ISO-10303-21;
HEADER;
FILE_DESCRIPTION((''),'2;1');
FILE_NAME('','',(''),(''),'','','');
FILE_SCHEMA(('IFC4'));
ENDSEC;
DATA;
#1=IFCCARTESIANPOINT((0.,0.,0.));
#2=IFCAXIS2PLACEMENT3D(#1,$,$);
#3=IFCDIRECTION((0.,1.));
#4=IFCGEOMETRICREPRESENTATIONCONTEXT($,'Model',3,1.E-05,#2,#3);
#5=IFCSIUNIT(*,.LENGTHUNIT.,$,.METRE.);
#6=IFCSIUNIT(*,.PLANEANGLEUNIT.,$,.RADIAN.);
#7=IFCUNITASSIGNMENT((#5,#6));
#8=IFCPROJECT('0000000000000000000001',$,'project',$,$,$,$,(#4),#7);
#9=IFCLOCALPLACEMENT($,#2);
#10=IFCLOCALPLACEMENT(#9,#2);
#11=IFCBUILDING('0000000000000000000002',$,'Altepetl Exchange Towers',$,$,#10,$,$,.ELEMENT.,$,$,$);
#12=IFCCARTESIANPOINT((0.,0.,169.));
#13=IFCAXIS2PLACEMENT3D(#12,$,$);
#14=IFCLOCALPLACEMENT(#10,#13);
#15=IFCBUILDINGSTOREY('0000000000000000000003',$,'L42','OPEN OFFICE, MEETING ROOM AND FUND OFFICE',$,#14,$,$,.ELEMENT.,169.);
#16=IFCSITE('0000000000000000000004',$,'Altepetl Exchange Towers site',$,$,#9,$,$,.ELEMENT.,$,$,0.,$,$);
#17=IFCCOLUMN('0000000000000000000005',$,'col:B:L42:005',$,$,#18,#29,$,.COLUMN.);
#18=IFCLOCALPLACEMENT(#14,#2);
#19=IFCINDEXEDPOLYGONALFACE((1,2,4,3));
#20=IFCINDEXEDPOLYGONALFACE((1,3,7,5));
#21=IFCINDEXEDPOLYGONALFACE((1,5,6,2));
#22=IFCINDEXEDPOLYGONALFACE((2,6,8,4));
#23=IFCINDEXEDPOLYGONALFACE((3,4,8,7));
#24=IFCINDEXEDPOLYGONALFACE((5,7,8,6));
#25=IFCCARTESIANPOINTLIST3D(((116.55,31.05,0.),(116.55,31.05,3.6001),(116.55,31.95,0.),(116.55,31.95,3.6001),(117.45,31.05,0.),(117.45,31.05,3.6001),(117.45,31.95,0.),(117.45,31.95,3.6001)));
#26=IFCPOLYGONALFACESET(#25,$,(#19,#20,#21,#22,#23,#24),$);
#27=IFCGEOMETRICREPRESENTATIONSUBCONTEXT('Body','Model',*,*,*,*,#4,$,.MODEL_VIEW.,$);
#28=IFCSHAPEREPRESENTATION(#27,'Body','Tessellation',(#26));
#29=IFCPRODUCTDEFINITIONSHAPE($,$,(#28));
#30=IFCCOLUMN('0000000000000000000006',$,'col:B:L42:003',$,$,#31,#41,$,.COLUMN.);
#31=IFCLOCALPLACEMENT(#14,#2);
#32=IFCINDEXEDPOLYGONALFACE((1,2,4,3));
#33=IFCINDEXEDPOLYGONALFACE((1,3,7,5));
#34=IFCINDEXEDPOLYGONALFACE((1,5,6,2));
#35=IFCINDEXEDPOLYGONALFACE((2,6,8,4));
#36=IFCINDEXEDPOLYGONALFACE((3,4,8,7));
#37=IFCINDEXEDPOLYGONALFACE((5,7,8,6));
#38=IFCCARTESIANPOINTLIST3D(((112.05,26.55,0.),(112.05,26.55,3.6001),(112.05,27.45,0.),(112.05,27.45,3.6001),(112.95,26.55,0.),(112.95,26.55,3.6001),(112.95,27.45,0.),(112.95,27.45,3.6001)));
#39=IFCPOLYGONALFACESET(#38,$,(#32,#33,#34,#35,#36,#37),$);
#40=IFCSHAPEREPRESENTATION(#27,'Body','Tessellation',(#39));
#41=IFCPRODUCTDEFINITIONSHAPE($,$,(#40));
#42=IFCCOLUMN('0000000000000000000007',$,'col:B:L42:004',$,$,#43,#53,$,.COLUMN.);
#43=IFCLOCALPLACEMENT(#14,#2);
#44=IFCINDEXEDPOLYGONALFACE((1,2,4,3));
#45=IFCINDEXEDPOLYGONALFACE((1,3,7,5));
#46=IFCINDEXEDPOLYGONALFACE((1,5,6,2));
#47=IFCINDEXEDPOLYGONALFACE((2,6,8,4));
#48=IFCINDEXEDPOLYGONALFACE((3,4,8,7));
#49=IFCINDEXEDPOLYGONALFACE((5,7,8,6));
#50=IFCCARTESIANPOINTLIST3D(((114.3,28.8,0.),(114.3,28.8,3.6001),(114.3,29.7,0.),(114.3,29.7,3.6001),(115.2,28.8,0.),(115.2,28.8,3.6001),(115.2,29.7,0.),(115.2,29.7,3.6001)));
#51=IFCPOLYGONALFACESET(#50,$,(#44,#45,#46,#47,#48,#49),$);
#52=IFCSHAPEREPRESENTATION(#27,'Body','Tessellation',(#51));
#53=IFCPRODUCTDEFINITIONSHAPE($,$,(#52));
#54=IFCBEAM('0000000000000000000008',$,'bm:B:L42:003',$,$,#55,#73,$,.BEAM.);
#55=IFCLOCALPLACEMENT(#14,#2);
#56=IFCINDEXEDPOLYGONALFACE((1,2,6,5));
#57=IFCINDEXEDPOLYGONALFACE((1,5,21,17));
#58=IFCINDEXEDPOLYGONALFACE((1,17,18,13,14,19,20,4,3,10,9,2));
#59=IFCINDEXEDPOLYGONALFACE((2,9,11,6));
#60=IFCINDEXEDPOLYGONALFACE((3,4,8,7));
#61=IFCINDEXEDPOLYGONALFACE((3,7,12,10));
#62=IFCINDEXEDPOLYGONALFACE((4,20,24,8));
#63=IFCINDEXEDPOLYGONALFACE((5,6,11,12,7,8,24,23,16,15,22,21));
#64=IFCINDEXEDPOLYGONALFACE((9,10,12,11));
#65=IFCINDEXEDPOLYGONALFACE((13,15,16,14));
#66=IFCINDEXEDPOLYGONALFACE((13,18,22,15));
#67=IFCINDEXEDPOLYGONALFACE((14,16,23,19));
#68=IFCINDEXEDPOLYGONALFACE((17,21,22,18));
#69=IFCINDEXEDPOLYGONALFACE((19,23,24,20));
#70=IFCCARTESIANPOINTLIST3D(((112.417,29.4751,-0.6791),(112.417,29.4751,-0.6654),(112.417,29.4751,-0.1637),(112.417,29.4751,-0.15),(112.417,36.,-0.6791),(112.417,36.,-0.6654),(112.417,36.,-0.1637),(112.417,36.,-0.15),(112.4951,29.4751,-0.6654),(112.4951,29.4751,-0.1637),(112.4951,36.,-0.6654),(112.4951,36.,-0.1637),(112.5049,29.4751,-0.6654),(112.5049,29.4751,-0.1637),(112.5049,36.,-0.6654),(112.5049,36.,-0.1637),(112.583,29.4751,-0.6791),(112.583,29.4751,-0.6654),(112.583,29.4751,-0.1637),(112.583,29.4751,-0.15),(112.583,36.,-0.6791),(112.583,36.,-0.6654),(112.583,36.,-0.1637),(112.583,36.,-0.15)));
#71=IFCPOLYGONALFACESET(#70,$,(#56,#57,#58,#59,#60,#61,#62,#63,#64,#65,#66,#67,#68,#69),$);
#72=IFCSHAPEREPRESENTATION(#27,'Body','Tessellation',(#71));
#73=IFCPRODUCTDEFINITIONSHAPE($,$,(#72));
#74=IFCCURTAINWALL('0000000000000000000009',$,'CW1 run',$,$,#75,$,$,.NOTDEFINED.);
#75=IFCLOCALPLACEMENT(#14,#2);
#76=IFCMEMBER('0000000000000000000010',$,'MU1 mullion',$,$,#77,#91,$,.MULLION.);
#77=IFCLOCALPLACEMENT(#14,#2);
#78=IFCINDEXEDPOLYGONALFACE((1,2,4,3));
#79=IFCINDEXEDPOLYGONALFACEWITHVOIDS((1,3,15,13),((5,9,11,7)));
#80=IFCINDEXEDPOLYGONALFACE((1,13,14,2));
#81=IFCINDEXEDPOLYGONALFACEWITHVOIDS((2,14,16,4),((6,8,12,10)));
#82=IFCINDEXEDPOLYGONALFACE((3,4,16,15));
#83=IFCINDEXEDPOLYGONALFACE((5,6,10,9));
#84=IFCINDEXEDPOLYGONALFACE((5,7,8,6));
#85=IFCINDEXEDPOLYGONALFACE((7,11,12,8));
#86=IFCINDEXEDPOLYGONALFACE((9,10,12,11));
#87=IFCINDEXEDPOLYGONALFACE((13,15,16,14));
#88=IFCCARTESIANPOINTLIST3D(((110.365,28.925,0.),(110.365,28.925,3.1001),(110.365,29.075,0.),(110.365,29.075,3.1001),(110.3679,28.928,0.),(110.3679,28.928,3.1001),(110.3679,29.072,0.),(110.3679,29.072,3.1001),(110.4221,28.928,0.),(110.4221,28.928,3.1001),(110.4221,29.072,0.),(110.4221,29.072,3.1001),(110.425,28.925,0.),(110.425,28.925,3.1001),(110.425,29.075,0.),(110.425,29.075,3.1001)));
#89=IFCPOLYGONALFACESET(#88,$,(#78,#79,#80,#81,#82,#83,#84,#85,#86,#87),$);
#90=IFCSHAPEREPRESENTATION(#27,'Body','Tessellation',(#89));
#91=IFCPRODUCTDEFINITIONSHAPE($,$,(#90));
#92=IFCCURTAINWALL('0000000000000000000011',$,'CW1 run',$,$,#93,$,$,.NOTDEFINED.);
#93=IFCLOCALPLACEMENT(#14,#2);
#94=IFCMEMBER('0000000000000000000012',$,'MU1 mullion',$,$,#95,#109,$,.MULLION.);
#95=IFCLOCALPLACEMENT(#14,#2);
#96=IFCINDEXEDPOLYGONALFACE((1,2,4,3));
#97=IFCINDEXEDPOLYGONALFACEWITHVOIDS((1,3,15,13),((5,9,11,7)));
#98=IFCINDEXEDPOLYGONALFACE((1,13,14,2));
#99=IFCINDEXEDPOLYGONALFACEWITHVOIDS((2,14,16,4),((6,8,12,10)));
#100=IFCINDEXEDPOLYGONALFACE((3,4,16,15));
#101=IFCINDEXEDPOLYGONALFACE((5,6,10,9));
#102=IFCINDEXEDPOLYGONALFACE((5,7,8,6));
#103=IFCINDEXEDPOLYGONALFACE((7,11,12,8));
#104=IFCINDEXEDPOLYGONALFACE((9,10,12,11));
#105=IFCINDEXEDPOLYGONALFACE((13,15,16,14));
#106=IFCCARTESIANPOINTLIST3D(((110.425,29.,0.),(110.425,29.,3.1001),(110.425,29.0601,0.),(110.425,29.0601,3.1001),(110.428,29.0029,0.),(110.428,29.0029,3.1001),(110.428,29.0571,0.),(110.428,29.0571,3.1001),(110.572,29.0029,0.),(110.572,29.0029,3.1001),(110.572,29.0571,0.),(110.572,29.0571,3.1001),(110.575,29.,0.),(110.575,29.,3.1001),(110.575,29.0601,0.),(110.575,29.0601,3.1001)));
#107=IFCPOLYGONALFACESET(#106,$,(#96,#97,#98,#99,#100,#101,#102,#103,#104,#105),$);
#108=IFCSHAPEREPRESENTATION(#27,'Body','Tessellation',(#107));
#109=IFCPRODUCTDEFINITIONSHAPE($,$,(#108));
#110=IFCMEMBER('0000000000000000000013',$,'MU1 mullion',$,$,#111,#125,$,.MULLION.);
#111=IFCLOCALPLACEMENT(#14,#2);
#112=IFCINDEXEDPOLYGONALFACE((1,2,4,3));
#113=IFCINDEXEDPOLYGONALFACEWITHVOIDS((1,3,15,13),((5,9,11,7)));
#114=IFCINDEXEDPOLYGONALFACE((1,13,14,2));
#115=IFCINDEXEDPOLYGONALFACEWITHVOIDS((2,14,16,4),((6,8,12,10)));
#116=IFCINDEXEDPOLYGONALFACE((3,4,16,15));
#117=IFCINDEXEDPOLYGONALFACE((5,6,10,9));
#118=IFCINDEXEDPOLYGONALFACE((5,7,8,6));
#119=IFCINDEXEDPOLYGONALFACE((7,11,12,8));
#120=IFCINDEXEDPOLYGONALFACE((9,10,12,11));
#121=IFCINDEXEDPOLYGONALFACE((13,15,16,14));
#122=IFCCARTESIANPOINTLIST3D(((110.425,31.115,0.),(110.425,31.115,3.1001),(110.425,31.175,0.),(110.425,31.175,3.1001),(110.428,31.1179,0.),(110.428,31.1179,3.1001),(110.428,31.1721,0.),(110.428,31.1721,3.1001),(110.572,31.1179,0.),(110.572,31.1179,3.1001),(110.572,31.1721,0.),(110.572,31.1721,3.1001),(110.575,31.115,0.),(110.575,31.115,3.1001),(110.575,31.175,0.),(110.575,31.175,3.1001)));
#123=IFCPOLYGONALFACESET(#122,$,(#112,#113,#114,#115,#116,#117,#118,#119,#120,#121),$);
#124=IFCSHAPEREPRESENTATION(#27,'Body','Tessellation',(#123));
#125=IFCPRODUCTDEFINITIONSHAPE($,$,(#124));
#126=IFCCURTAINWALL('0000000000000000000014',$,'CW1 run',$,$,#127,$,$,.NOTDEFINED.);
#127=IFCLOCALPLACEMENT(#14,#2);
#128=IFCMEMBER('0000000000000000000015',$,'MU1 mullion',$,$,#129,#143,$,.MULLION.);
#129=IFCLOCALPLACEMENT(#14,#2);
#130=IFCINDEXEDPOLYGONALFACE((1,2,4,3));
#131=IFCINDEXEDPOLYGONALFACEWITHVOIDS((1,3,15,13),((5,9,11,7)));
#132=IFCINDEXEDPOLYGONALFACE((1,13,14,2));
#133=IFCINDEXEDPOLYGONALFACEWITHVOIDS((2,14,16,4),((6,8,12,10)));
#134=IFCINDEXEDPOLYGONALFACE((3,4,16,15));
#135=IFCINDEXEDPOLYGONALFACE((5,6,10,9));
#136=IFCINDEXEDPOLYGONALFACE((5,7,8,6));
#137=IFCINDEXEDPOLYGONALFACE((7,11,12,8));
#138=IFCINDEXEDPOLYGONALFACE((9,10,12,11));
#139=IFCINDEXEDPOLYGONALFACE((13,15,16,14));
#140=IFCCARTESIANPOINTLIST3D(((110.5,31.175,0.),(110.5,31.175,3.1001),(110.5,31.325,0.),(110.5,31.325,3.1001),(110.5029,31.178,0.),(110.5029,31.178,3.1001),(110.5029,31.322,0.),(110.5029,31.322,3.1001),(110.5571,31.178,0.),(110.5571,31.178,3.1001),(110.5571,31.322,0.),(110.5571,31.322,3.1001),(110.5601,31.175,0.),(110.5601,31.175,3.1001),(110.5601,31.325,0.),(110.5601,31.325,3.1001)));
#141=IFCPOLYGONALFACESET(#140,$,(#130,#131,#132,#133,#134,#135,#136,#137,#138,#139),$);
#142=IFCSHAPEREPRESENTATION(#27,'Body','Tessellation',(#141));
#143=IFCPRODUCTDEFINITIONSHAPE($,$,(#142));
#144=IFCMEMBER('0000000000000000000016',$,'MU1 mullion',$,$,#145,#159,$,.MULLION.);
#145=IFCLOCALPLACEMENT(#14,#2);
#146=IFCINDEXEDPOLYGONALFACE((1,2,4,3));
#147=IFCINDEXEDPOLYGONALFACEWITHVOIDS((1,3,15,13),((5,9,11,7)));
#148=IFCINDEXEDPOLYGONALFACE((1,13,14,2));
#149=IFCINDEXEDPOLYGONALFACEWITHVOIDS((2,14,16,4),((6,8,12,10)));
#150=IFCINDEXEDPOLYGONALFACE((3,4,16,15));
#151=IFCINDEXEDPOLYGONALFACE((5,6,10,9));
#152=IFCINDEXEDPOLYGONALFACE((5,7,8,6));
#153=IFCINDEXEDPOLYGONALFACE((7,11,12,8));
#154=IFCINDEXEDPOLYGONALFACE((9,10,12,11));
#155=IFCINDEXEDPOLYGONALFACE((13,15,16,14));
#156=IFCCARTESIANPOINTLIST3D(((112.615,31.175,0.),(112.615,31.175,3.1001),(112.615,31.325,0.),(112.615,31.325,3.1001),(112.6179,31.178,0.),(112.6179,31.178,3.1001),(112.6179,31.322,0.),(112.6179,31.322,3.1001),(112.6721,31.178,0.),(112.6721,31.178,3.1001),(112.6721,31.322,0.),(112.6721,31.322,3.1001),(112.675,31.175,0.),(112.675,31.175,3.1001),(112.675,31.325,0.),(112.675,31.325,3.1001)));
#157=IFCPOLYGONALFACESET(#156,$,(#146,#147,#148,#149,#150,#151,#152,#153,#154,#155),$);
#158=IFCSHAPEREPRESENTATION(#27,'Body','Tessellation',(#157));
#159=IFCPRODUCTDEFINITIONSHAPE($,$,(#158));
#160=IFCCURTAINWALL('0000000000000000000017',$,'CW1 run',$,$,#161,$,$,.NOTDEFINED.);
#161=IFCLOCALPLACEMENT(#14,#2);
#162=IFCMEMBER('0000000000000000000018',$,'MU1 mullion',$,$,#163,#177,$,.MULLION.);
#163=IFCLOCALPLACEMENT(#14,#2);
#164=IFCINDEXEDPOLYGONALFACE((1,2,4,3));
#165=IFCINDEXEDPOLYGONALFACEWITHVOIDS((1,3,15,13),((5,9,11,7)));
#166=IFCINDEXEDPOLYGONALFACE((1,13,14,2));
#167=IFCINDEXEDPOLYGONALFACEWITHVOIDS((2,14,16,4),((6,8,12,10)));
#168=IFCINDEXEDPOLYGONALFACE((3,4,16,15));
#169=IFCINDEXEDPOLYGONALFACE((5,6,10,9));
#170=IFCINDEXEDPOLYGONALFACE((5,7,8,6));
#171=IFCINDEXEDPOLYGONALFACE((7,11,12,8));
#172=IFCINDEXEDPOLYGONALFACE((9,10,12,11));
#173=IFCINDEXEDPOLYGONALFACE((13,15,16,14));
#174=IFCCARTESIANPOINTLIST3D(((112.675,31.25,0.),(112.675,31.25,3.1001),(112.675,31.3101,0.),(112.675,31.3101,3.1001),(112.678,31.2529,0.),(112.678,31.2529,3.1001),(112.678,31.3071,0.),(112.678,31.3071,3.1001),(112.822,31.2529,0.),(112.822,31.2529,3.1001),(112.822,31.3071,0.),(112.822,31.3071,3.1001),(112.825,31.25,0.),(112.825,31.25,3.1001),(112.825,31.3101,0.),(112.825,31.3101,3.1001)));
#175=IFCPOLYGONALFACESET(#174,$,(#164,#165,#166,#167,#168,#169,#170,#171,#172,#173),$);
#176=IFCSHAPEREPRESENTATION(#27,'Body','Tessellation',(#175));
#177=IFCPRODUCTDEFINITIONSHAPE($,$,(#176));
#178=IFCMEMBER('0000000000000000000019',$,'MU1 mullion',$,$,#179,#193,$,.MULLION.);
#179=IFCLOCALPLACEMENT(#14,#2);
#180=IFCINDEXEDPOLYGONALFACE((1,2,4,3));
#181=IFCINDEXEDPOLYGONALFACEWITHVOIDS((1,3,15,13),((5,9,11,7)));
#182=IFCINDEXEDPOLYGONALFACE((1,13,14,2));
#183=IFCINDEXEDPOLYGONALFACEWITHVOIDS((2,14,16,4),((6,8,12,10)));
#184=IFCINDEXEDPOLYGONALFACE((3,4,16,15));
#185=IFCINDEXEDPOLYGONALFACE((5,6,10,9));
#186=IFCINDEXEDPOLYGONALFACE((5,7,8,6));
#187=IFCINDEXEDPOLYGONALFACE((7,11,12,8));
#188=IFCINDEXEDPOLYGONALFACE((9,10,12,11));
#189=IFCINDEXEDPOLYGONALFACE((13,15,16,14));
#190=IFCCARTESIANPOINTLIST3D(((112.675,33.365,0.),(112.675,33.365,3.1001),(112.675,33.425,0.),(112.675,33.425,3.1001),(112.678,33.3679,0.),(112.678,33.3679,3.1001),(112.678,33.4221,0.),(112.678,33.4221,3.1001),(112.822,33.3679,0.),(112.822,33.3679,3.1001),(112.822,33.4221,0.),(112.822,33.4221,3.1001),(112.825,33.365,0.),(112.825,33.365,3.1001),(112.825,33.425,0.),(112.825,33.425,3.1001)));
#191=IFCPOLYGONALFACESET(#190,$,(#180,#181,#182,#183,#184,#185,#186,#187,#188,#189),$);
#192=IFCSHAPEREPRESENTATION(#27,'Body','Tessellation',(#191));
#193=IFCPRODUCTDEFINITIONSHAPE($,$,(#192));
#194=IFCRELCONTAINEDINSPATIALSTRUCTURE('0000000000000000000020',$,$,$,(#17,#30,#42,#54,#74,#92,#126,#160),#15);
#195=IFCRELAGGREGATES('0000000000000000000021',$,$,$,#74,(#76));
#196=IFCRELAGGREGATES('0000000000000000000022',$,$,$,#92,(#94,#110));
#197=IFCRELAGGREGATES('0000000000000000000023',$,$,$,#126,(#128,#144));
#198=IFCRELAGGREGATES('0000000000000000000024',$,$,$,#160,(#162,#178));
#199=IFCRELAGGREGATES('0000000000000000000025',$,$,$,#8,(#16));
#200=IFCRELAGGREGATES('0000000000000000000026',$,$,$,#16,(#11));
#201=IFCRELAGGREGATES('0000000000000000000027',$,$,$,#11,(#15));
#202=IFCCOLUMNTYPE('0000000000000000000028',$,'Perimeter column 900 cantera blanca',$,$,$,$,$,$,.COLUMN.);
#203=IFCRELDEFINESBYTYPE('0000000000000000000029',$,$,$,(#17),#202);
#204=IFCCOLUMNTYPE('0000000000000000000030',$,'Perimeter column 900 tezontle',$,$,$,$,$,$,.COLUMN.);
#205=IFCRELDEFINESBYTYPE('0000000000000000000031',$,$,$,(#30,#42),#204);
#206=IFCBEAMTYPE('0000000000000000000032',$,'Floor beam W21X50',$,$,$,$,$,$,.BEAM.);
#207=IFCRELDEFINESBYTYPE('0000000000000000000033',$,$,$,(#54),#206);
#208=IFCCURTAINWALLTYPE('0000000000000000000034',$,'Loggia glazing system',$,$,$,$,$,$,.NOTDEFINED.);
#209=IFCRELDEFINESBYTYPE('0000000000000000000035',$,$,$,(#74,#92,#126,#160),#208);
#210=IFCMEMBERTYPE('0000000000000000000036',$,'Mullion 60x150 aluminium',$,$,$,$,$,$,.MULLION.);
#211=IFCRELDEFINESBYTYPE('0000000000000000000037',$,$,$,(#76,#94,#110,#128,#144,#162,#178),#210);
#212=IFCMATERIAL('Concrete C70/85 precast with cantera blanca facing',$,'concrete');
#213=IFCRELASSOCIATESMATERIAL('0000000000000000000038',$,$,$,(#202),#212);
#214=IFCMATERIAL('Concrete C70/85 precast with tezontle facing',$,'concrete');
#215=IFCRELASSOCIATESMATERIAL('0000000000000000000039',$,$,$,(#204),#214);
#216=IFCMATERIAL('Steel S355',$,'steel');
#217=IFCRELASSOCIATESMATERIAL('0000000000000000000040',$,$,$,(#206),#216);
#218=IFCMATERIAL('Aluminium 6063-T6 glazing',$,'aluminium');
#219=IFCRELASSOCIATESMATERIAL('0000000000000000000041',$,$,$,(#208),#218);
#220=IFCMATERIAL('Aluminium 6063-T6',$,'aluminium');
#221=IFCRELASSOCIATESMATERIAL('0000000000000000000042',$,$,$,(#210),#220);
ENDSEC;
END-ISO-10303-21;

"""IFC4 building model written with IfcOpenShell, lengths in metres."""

from ifc_helpers import new_model, si_unit, direction, frame, origin, origin_2d, place, context, subcontext, project, spatial, rectangle, hollow_rectangle, i_section, extrude, material, material_profile, profile_set, type_object, element, aggregate, save


model = new_model("IFC4")

# Units and contexts
model_context = context("Model", 3, precision=1e-05, world=origin(), true_north=direction((0.0, 1.0)))
body_context = subcontext(model_context, "Body", "Model", "MODEL_VIEW")
ifc_project = project(units=[si_unit("LENGTHUNIT", "METRE"), si_unit("PLANEANGLEUNIT", "RADIAN")], contexts=[model_context])

# Site, building, storey
site_placement = place(None, origin())
site = spatial("IfcSite", under=ifc_project, at=site_placement, Name="Altepetl Exchange Towers site", CompositionType="ELEMENT", RefElevation=0.0)
building_placement = place(site_placement, origin())
building = spatial("IfcBuilding", under=site, at=building_placement, Name="Altepetl Exchange Towers", CompositionType="ELEMENT")
storey_placement = place(building_placement, frame((0.0, 0.0, 169.0)))
storey = spatial("IfcBuildingStorey", under=building, at=storey_placement, Name="L42", Description="OPEN OFFICE, MEETING ROOM AND FUND OFFICE", CompositionType="ELEMENT", Elevation=169.0)

# Columns
ifc_material_1 = material(Name="Concrete C70/85 precast with cantera blanca facing", Category="concrete")
ifc_material_profile_1 = material_profile(ifc_material_1, rectangle(XDim=0.8999, YDim=0.8999, at=origin_2d()), Name="900 x 900")
ifc_profile_set_1 = profile_set([ifc_material_profile_1], Name="Concrete C70/85 precast with cantera blanca facing")
column_type_1 = type_object("IfcColumnType", Name="Perimeter column 900 cantera blanca", PredefinedType="COLUMN", material=ifc_profile_set_1)
column_placement = place(storey_placement, frame((117.0, 31.5, 0.0)))
element("IfcColumn", 1, at=column_placement, inside=storey, type_object=column_type_1, Name="col:B:L42:005", PredefinedType="COLUMN", context=body_context, shape_type="SweptSolid", body=[
    extrude(rectangle(XDim=0.8999, YDim=0.8999, at=origin_2d()), origin(), (0.0, 0.0, 1.0), 3.6001),
])
ifc_material_2 = material(Name="Concrete C70/85 precast with tezontle facing", Category="concrete")
ifc_material_profile_2 = material_profile(ifc_material_2, rectangle(XDim=0.8999, YDim=0.8999, at=origin_2d()), Name="900 x 900")
ifc_profile_set_2 = profile_set([ifc_material_profile_2], Name="Concrete C70/85 precast with tezontle facing")
column_type_2 = type_object("IfcColumnType", Name="Perimeter column 900 tezontle", PredefinedType="COLUMN", material=ifc_profile_set_2)
for number, where, name in (
    (2, (112.5, 27.0, 0.0), "col:B:L42:003"),
    (3, (114.75, 29.25, 0.0), "col:B:L42:004"),
):
    element("IfcColumn", number, at=place(storey_placement, frame(where)), inside=storey, type_object=column_type_2, Name=name, PredefinedType="COLUMN", context=body_context, shape_type="SweptSolid", body=[
        extrude(rectangle(XDim=0.8999, YDim=0.8999, at=origin_2d()), origin(), (0.0, 0.0, 1.0), 3.6001),
    ])

# Beam
ifc_material_3 = material(Name="Steel S355", Category="steel")
ifc_material_profile_3 = material_profile(ifc_material_3, i_section(OverallWidth=0.166, OverallDepth=0.5291, WebThickness=0.0098, FlangeThickness=0.0137, at=origin_2d()), Name="W21X50")
ifc_profile_set_3 = profile_set([ifc_material_profile_3], Name="Steel S355")
beam_type_1 = type_object("IfcBeamType", Name="Floor beam W21X50", PredefinedType="BEAM", material=ifc_profile_set_3)
beam_1_placement = place(storey_placement, frame((112.5, 29.4751, -0.4146), z_axis=(0.0, 1.0, 0.0), x_axis=(-1.0, 0.0, 0.0)))
element("IfcBeam", 4, at=beam_1_placement, inside=storey, type_object=beam_type_1, Name="bm:B:L42:003", PredefinedType="BEAM", context=body_context, shape_type="SweptSolid", body=[
    extrude(i_section(OverallWidth=0.166, OverallDepth=0.5291, WebThickness=0.0098, FlangeThickness=0.0137, at=origin_2d()), origin(), (0.0, 0.0, 1.0), 6.5249),
])

# Curtain wall, member
ifc_material_4 = material(Name="Aluminium 6063-T6 glazing", Category="aluminium")
curtain_wall_type = type_object("IfcCurtainWallType", Name="Loggia glazing system", PredefinedType="NOTDEFINED", material=ifc_material_4)
curtain_wall_1_placement = place(storey_placement, origin())
curtain_wall_1 = element("IfcCurtainWall", 5, at=curtain_wall_1_placement, inside=storey, type_object=curtain_wall_type, Name="CW1 run", PredefinedType="NOTDEFINED")
ifc_material_5 = material(Name="Aluminium 6063-T6", Category="aluminium")
ifc_material_profile_4 = material_profile(ifc_material_5, hollow_rectangle(XDim=0.0601, YDim=0.1499, WallThickness=0.0029, at=origin_2d()), Name="Mullion 60x150 aluminium")
ifc_profile_set_4 = profile_set([ifc_material_profile_4], Name="Aluminium 6063-T6")
member_type = type_object("IfcMemberType", Name="Mullion 60x150 aluminium", PredefinedType="MULLION", material=ifc_profile_set_4)
member_1_placement = place(storey_placement, frame((110.395, 29.0, 0.0)))
member_1 = element("IfcMember", 6, at=member_1_placement, type_object=member_type, Name="MU1 mullion", PredefinedType="MULLION", context=body_context, shape_type="SweptSolid", body=[
    extrude(hollow_rectangle(XDim=0.0601, YDim=0.1499, WallThickness=0.0029, at=origin_2d()), origin(), (0.0, 0.0, 1.0), 3.1001),
])
aggregate(curtain_wall_1, [member_1])

# Curtain walls, members
curtain_wall_2_placement = place(storey_placement, origin())
curtain_wall_2 = element("IfcCurtainWall", 7, at=curtain_wall_2_placement, inside=storey, type_object=curtain_wall_type, Name="CW1 run", PredefinedType="NOTDEFINED")
member_2_placement = place(storey_placement, frame((110.5, 29.03, 0.0), z_axis=(0.0, 0.0, 1.0), x_axis=(0.0, 1.0, 0.0)))
member_2 = element("IfcMember", 8, at=member_2_placement, type_object=member_type, Name="MU1 mullion", PredefinedType="MULLION", context=body_context, shape_type="SweptSolid", body=[
    extrude(hollow_rectangle(XDim=0.0601, YDim=0.1499, WallThickness=0.0029, at=origin_2d()), origin(), (0.0, 0.0, 1.0), 3.1001),
])
member_3_placement = place(storey_placement, frame((110.5, 31.145, 0.0), z_axis=(0.0, 0.0, 1.0), x_axis=(0.0, 1.0, 0.0)))
member_3 = element("IfcMember", 9, at=member_3_placement, type_object=member_type, Name="MU1 mullion", PredefinedType="MULLION", context=body_context, shape_type="SweptSolid", body=[
    extrude(hollow_rectangle(XDim=0.0601, YDim=0.1499, WallThickness=0.0029, at=origin_2d()), origin(), (0.0, 0.0, 1.0), 3.1001),
])
curtain_wall_3_placement = place(storey_placement, origin())
curtain_wall_3 = element("IfcCurtainWall", 10, at=curtain_wall_3_placement, inside=storey, type_object=curtain_wall_type, Name="CW1 run", PredefinedType="NOTDEFINED")
member_4_placement = place(storey_placement, frame((110.53, 31.25, 0.0)))
member_4 = element("IfcMember", 11, at=member_4_placement, type_object=member_type, Name="MU1 mullion", PredefinedType="MULLION", context=body_context, shape_type="SweptSolid", body=[
    extrude(hollow_rectangle(XDim=0.0601, YDim=0.1499, WallThickness=0.0029, at=origin_2d()), origin(), (0.0, 0.0, 1.0), 3.1001),
])
member_5_placement = place(storey_placement, frame((112.645, 31.25, 0.0)))
member_5 = element("IfcMember", 12, at=member_5_placement, type_object=member_type, Name="MU1 mullion", PredefinedType="MULLION", context=body_context, shape_type="SweptSolid", body=[
    extrude(hollow_rectangle(XDim=0.0601, YDim=0.1499, WallThickness=0.0029, at=origin_2d()), origin(), (0.0, 0.0, 1.0), 3.1001),
])
curtain_wall_4_placement = place(storey_placement, origin())
curtain_wall_4 = element("IfcCurtainWall", 13, at=curtain_wall_4_placement, inside=storey, type_object=curtain_wall_type, Name="CW1 run", PredefinedType="NOTDEFINED")
member_6_placement = place(storey_placement, frame((112.75, 31.28, 0.0), z_axis=(0.0, 0.0, 1.0), x_axis=(0.0, 1.0, 0.0)))
member_6 = element("IfcMember", 14, at=member_6_placement, type_object=member_type, Name="MU1 mullion", PredefinedType="MULLION", context=body_context, shape_type="SweptSolid", body=[
    extrude(hollow_rectangle(XDim=0.0601, YDim=0.1499, WallThickness=0.0029, at=origin_2d()), origin(), (0.0, 0.0, 1.0), 3.1001),
])
member_7_placement = place(storey_placement, frame((112.75, 33.395, 0.0), z_axis=(0.0, 0.0, 1.0), x_axis=(0.0, 1.0, 0.0)))
member_7 = element("IfcMember", 15, at=member_7_placement, type_object=member_type, Name="MU1 mullion", PredefinedType="MULLION", context=body_context, shape_type="SweptSolid", body=[
    extrude(hollow_rectangle(XDim=0.0601, YDim=0.1499, WallThickness=0.0029, at=origin_2d()), origin(), (0.0, 0.0, 1.0), 3.1001),
])

aggregate(curtain_wall_2, [member_2, member_3])
aggregate(curtain_wall_3, [member_4, member_5])
aggregate(curtain_wall_4, [member_6, member_7])

save(model, "model.ifc")
